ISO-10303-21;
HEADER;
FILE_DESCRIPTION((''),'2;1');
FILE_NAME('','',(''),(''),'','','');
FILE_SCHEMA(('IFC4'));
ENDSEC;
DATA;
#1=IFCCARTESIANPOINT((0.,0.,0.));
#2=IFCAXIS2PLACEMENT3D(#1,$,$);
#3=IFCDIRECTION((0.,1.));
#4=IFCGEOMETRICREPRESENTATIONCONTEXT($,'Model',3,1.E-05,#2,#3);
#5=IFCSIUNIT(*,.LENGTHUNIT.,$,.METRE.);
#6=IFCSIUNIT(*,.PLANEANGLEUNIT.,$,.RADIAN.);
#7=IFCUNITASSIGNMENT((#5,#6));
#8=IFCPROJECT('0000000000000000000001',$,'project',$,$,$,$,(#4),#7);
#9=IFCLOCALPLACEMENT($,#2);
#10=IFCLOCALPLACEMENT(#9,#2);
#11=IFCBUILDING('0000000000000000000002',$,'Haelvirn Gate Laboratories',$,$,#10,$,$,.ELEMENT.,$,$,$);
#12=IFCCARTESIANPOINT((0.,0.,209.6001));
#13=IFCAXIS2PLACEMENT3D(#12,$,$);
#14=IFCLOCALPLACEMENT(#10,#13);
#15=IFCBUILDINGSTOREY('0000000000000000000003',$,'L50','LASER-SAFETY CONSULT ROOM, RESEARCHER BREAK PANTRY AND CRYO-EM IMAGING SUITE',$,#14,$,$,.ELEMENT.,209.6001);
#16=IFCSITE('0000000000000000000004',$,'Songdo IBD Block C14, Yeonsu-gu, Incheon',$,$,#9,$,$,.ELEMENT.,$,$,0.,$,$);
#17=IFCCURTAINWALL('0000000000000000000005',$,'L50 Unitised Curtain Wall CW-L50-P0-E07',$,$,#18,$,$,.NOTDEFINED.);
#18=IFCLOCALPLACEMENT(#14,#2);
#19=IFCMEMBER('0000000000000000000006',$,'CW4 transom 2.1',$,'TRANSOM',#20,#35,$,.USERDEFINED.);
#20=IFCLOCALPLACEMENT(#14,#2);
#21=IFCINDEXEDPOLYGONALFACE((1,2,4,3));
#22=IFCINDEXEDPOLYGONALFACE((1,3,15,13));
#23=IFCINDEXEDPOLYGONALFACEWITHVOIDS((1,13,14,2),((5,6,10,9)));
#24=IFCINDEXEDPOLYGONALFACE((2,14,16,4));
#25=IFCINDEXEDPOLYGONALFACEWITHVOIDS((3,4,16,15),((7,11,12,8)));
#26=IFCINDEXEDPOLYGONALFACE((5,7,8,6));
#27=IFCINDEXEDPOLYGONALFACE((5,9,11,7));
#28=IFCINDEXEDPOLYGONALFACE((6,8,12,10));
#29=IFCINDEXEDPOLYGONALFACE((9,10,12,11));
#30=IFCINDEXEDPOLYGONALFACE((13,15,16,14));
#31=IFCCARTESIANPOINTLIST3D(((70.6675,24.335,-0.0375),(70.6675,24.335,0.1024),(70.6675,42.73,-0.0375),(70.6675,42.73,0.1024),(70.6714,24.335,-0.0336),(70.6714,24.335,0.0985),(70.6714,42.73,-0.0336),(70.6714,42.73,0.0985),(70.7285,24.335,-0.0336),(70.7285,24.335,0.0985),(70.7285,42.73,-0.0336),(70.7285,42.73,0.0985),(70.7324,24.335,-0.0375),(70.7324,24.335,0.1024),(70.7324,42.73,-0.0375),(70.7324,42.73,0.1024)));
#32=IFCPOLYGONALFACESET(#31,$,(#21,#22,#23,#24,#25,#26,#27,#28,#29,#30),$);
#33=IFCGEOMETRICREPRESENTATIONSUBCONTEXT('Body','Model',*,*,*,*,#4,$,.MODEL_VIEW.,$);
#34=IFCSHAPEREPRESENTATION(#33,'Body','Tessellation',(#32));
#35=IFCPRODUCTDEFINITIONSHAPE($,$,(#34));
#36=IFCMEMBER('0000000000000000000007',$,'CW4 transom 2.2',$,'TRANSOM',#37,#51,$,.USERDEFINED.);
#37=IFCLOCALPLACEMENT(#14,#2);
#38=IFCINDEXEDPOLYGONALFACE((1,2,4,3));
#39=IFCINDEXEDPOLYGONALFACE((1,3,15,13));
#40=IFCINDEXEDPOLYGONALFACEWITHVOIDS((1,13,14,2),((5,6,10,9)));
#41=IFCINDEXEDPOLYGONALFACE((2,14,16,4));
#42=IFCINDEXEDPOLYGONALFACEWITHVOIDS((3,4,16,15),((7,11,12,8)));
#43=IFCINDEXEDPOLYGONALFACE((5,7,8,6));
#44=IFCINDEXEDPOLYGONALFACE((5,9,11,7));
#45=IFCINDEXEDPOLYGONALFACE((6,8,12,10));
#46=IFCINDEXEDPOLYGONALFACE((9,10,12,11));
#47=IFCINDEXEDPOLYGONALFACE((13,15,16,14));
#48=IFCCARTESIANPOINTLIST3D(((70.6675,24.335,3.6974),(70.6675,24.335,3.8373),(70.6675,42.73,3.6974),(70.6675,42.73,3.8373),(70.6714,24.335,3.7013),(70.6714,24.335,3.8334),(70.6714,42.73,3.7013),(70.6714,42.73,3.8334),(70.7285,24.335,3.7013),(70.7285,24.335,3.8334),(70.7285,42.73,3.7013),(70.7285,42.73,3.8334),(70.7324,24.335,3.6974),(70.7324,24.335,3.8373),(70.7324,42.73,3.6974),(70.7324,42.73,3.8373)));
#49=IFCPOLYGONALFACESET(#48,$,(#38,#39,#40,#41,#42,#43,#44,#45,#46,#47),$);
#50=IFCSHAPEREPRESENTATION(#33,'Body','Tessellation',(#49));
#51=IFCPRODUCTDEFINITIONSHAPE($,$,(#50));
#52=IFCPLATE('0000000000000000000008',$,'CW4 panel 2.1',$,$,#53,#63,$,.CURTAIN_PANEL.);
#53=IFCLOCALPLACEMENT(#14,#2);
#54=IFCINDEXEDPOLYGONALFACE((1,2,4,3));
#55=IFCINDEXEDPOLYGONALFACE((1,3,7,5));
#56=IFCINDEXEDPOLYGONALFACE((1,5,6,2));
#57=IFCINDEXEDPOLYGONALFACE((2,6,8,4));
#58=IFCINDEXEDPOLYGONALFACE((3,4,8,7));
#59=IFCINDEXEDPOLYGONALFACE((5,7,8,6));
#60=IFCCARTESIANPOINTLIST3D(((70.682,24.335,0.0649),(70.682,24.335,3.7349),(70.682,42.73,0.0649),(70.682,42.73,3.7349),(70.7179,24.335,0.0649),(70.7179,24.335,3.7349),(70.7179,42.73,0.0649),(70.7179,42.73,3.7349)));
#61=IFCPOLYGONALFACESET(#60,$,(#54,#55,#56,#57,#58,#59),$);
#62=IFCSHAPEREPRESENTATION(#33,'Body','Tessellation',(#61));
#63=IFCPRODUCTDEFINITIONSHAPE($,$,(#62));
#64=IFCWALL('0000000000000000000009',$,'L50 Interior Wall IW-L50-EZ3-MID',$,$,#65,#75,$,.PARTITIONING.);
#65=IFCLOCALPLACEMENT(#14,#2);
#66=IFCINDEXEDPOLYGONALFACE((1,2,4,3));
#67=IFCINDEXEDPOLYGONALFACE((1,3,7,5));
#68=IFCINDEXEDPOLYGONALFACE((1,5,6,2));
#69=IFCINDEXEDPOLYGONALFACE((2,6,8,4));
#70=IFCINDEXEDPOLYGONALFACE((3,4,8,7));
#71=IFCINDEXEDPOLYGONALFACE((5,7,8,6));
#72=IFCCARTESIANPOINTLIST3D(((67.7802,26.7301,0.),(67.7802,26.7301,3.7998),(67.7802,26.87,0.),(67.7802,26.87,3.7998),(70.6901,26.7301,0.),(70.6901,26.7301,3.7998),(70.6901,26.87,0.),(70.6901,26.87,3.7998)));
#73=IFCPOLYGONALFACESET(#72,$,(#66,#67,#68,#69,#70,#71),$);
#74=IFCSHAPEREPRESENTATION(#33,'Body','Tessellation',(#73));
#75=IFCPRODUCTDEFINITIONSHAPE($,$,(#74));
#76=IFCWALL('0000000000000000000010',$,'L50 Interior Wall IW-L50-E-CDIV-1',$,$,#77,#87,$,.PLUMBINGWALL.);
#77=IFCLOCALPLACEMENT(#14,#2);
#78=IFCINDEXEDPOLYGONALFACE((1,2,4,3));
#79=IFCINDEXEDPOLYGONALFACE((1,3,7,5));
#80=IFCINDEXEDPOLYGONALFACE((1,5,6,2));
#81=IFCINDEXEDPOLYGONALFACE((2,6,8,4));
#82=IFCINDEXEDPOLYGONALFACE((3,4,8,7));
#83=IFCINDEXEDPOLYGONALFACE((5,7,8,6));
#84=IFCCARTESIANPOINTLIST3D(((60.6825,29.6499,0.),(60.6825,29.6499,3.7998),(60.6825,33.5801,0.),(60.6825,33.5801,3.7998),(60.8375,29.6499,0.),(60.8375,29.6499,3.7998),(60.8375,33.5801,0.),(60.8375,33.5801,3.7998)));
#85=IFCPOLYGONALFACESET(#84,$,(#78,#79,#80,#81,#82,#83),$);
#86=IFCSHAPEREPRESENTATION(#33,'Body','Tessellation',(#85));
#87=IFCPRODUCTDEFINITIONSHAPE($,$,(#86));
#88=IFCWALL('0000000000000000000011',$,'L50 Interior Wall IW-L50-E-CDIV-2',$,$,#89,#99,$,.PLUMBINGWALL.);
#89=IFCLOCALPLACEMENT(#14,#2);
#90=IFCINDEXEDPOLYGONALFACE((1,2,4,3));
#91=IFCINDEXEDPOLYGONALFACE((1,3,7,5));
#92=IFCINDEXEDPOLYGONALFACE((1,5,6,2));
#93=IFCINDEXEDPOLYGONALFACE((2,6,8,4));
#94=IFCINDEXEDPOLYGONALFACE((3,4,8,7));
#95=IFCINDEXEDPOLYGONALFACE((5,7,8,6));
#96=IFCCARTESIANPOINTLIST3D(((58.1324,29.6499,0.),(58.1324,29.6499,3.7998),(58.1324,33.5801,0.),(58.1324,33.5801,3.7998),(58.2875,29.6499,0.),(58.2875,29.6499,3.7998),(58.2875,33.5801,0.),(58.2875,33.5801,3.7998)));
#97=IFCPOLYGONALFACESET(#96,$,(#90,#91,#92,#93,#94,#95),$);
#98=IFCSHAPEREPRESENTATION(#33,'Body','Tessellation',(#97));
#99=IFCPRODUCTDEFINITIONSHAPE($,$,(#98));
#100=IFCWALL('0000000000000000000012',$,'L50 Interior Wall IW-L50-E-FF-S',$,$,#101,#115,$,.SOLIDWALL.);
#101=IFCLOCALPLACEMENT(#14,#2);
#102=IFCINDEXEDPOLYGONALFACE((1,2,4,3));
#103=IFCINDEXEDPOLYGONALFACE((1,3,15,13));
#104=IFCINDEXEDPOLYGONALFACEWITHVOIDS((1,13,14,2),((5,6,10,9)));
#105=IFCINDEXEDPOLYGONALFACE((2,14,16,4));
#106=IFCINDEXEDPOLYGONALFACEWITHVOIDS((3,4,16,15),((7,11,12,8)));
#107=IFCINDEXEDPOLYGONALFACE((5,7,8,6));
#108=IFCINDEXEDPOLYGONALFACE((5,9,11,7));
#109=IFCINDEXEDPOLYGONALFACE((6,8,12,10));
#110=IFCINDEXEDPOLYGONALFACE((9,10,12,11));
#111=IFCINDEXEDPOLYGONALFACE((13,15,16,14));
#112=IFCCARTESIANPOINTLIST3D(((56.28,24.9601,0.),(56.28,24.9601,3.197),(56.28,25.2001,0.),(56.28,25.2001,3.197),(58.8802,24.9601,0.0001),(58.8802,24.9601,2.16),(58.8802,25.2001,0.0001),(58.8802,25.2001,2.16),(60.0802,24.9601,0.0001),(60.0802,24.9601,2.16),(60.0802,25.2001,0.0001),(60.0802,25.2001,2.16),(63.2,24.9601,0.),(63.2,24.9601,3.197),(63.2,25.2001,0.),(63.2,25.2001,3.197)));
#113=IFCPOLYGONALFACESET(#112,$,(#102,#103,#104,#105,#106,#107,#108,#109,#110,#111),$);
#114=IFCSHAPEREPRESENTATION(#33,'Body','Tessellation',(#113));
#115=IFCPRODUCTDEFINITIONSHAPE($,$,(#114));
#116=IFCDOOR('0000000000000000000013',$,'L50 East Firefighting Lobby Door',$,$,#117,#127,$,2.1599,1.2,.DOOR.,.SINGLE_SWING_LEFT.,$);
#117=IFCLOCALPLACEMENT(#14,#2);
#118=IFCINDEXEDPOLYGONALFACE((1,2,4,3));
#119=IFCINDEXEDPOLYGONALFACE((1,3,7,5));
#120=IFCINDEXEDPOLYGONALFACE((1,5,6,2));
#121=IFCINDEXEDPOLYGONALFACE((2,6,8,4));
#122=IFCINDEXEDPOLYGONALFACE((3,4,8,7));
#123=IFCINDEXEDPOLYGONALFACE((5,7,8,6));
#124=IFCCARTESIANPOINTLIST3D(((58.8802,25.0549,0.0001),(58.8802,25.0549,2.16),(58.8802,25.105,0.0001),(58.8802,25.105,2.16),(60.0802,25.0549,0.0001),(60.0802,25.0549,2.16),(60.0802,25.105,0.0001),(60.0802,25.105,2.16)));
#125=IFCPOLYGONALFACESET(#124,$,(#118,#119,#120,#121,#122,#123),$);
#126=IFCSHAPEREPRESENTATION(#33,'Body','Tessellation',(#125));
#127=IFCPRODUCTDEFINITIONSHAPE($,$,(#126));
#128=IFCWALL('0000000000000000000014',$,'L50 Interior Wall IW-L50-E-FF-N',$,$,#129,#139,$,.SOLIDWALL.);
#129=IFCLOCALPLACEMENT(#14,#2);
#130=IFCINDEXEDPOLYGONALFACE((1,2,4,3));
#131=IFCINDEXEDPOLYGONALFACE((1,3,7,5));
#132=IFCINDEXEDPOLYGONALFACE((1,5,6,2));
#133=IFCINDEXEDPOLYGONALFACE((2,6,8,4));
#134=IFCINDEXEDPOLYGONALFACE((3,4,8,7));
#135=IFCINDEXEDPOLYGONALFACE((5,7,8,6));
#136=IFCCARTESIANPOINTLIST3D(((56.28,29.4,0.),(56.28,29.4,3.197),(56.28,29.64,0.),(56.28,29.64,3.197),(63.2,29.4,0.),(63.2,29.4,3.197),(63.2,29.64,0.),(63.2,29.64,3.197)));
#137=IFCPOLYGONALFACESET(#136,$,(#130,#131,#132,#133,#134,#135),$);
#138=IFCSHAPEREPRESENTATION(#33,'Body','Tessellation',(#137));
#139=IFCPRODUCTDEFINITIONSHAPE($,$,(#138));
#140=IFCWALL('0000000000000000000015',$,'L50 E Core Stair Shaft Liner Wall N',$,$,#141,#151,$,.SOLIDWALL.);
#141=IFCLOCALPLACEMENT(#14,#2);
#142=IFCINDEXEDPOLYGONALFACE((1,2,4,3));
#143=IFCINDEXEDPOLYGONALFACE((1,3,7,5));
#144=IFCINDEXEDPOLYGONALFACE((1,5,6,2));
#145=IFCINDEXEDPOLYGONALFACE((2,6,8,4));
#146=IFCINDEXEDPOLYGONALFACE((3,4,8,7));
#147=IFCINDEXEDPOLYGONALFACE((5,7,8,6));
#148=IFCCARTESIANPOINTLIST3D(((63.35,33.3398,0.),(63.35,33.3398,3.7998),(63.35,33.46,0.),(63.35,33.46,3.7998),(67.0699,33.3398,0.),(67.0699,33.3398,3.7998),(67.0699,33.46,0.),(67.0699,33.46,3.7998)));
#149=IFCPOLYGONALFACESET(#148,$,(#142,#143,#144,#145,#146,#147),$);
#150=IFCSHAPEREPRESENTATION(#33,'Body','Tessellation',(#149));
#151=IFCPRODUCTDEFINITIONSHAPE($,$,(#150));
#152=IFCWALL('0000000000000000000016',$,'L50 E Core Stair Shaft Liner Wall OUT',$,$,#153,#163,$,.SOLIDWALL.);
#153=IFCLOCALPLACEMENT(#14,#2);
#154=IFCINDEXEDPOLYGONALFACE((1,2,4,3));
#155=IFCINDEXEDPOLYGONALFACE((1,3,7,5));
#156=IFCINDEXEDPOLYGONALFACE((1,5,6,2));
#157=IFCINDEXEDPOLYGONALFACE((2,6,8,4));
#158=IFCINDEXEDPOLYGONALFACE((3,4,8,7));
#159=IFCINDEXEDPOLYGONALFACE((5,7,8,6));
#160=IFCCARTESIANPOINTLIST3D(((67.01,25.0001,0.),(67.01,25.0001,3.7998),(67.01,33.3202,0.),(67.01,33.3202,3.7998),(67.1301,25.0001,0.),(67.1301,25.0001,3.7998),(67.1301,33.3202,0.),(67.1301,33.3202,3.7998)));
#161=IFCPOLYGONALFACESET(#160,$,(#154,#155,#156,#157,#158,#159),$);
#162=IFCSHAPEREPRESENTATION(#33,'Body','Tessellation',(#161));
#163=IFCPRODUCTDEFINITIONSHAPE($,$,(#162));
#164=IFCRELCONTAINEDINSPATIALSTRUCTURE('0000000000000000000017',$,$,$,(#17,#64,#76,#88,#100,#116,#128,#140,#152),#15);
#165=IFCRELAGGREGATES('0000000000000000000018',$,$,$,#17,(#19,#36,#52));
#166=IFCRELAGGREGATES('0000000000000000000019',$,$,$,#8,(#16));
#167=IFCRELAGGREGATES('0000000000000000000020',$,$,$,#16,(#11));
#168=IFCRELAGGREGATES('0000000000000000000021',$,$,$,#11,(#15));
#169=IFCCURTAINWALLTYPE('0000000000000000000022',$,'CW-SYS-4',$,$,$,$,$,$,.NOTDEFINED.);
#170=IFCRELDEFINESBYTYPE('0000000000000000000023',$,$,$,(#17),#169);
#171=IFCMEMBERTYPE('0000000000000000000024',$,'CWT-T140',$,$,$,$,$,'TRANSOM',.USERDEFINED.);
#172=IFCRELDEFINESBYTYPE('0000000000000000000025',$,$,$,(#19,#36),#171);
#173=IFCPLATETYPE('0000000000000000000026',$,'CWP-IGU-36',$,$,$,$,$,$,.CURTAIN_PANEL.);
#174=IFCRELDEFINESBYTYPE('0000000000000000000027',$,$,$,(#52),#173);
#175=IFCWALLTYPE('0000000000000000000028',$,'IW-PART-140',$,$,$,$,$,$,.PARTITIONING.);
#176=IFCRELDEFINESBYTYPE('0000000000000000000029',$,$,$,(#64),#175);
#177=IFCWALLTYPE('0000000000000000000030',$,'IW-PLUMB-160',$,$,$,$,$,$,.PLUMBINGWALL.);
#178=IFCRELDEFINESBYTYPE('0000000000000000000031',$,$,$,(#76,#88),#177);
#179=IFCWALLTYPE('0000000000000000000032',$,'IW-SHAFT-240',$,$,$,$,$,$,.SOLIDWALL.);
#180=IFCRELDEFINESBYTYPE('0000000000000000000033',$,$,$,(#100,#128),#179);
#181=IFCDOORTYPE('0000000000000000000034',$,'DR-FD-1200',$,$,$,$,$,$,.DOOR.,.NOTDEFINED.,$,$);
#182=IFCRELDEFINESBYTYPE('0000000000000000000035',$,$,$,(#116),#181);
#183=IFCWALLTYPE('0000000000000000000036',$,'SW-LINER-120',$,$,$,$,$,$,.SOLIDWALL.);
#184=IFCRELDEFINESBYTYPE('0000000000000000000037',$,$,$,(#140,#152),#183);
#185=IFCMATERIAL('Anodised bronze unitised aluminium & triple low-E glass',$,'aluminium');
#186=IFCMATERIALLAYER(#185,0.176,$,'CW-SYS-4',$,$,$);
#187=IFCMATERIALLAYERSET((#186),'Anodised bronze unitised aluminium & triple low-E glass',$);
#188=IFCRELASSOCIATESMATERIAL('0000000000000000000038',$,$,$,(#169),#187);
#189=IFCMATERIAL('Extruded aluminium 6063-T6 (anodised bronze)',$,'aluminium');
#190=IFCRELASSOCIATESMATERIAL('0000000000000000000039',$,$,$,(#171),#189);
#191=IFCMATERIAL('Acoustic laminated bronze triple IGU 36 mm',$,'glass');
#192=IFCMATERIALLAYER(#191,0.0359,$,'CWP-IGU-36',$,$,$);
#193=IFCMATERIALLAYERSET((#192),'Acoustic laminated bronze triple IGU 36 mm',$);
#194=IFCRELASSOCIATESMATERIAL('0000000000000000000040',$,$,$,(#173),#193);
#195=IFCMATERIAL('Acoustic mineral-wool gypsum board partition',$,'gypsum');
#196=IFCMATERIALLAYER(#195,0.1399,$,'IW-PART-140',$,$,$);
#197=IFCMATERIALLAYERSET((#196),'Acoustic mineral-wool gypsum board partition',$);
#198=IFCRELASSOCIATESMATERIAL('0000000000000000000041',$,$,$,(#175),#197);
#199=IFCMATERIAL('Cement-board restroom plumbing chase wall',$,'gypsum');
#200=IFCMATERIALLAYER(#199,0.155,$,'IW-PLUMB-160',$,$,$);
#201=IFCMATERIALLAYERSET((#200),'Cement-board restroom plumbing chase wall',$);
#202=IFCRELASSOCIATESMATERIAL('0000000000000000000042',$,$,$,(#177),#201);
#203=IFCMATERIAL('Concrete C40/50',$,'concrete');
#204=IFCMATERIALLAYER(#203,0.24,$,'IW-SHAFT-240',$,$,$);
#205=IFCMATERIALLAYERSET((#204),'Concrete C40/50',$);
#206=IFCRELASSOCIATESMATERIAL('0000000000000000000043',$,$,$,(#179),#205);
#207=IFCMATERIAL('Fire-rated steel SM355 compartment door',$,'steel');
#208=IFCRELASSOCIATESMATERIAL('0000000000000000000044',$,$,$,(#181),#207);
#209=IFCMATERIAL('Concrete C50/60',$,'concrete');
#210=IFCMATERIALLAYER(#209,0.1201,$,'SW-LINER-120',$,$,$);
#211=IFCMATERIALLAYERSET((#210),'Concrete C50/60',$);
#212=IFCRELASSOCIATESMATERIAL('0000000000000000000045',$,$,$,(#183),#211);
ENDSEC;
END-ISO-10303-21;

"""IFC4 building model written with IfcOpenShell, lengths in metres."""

from ifc_helpers import new_model, si_unit, direction, frame, frame_2d, origin, origin_2d, place, context, subcontext, project, spatial, rectangle, hollow_rectangle, extrude, source, transform, mapped, material, layer, layer_set, material_profile, profile_set, type_object, type_shapes, element, fill, aggregate, save


model = new_model("IFC4")

# Units and contexts
model_context = context("Model", 3, precision=1e-05, world=origin(), true_north=direction((0.0, 1.0)))
body_context = subcontext(model_context, "Body", "Model", "MODEL_VIEW")
ifc_project = project(units=[si_unit("LENGTHUNIT", "METRE"), si_unit("PLANEANGLEUNIT", "RADIAN")], contexts=[model_context])

# Site, building, storey
site_placement = place(None, origin())
site = spatial("IfcSite", under=ifc_project, at=site_placement, Name="Songdo IBD Block C14, Yeonsu-gu, Incheon", CompositionType="ELEMENT", RefElevation=0.0)
building_placement = place(site_placement, origin())
building = spatial("IfcBuilding", under=site, at=building_placement, Name="Haelvirn Gate Laboratories", CompositionType="ELEMENT")
storey_placement = place(building_placement, frame((0.0, 0.0, 209.6001)))
storey = spatial("IfcBuildingStorey", under=building, at=storey_placement, Name="L50", Description="LASER-SAFETY CONSULT ROOM, RESEARCHER BREAK PANTRY AND CRYO-EM IMAGING SUITE", CompositionType="ELEMENT", Elevation=209.6001)

# Curtain wall, members, plate
ifc_material_1 = material(Name="Anodised bronze unitised aluminium & triple low-E glass", Category="aluminium")
ifc_layer_1 = layer(ifc_material_1, 0.176, Name="CW-SYS-4")
ifc_layer_set_1 = layer_set([ifc_layer_1], Name="Anodised bronze unitised aluminium & triple low-E glass")
curtain_wall_type = type_object("IfcCurtainWallType", Name="CW-SYS-4", PredefinedType="NOTDEFINED", material=ifc_layer_set_1)
curtain_wall_placement = place(storey_placement, origin())
curtain_wall = element("IfcCurtainWall", 1, at=curtain_wall_placement, inside=storey, type_object=curtain_wall_type, Name="L50 Unitised Curtain Wall CW-L50-P0-E07", PredefinedType="NOTDEFINED")
ifc_material_2 = material(Name="Extruded aluminium 6063-T6 (anodised bronze)", Category="aluminium")
ifc_material_profile = material_profile(ifc_material_2, hollow_rectangle(XDim=0.0649, YDim=0.1399, WallThickness=0.0039, at=origin_2d()), Name="CWT-140x65x4")
ifc_profile_set = profile_set([ifc_material_profile], Name="Extruded aluminium 6063-T6 (anodised bronze)")
member_type = type_object("IfcMemberType", Name="CWT-T140", ElementType="TRANSOM", PredefinedType="USERDEFINED", material=ifc_profile_set)
shared_shape_1 = source(origin(), body_context, "Body", "SweptSolid", [
    extrude(hollow_rectangle(XDim=0.0649, YDim=0.1399, WallThickness=0.0039, at=origin_2d()), origin(), (0.0, 0.0, 1.0), 18.395),
])
type_shapes(member_type, [shared_shape_1])
member_1_placement = place(storey_placement, frame((70.7, 24.335, 0.0325), z_axis=(0.0, 1.0, 0.0), x_axis=(-1.0, 0.0, 0.0)))
member_1 = element("IfcMember", 2, at=member_1_placement, type_object=member_type, Name="CW4 transom 2.1", ObjectType="TRANSOM", PredefinedType="USERDEFINED", context=body_context, shape_type="MappedRepresentation", body=[
    mapped(shared_shape_1, transform((0.0, 0.0, 0.0), scale=1.0)),
])
member_2_placement = place(storey_placement, frame((70.7, 24.335, 3.7673), z_axis=(0.0, 1.0, 0.0), x_axis=(-1.0, 0.0, 0.0)))
member_2 = element("IfcMember", 3, at=member_2_placement, type_object=member_type, Name="CW4 transom 2.2", ObjectType="TRANSOM", PredefinedType="USERDEFINED", context=body_context, shape_type="MappedRepresentation", body=[
    mapped(shared_shape_1, transform((0.0, 0.0, 0.0), scale=1.0)),
])
ifc_material_3 = material(Name="Acoustic laminated bronze triple IGU 36 mm", Category="glass")
ifc_layer_2 = layer(ifc_material_3, 0.0359, Name="CWP-IGU-36")
ifc_layer_set_2 = layer_set([ifc_layer_2], Name="Acoustic laminated bronze triple IGU 36 mm")
plate_type = type_object("IfcPlateType", Name="CWP-IGU-36", PredefinedType="CURTAIN_PANEL", material=ifc_layer_set_2)
shared_shape_2 = source(origin(), body_context, "Body", "SweptSolid", [
    extrude(rectangle(XDim=18.395, YDim=0.0359, at=origin_2d()), origin(), (0.0, 0.0, 1.0), 3.6699),
])
type_shapes(plate_type, [shared_shape_2])
plate_placement = place(storey_placement, frame((70.7, 33.5325, 0.0649), z_axis=(0.0, 0.0, 1.0), x_axis=(0.0, 1.0, 0.0)))
plate = element("IfcPlate", 4, at=plate_placement, type_object=plate_type, Name="CW4 panel 2.1", PredefinedType="CURTAIN_PANEL", context=body_context, shape_type="MappedRepresentation", body=[
    mapped(shared_shape_2, transform((0.0, 0.0, 0.0), scale=1.0)),
])
aggregate(curtain_wall, [member_1, member_2, plate])

# Walls
ifc_material_4 = material(Name="Acoustic mineral-wool gypsum board partition", Category="gypsum")
ifc_layer_3 = layer(ifc_material_4, 0.1399, Name="IW-PART-140")
ifc_layer_set_3 = layer_set([ifc_layer_3], Name="Acoustic mineral-wool gypsum board partition")
wall_type_1 = type_object("IfcWallType", Name="IW-PART-140", PredefinedType="PARTITIONING", material=ifc_layer_set_3)
wall_1_placement = place(storey_placement, frame((67.78, 26.8, 0.0), z_axis=(0.0, 0.0, 1.0), x_axis=(1.0, 0.0, 0.0)))
element("IfcWall", 5, at=wall_1_placement, inside=storey, type_object=wall_type_1, Name="L50 Interior Wall IW-L50-EZ3-MID", PredefinedType="PARTITIONING", context=body_context, shape_type="SweptSolid", body=[
    extrude(rectangle(XDim=2.9099, YDim=0.1399, at=frame_2d((1.4551, 0.0))), origin(), (0.0, 0.0, 1.0), 3.7998),
])
ifc_material_5 = material(Name="Cement-board restroom plumbing chase wall", Category="gypsum")
ifc_layer_4 = layer(ifc_material_5, 0.155, Name="IW-PLUMB-160")
ifc_layer_set_4 = layer_set([ifc_layer_4], Name="Cement-board restroom plumbing chase wall")
wall_type_2 = type_object("IfcWallType", Name="IW-PLUMB-160", PredefinedType="PLUMBINGWALL", material=ifc_layer_set_4)
for number, where, z_axis, x_axis, name in (
    (6, (60.76, 29.6499, 0.0), (0.0, 0.0, 1.0), (0.0, 1.0, 0.0), "L50 Interior Wall IW-L50-E-CDIV-1"),
    (7, (58.21, 29.6499, 0.0), (0.0, 0.0, 1.0), (0.0, 1.0, 0.0), "L50 Interior Wall IW-L50-E-CDIV-2"),
):
    element("IfcWall", number, at=place(storey_placement, frame(where, z_axis=z_axis, x_axis=x_axis)), inside=storey, type_object=wall_type_2, Name=name, PredefinedType="PLUMBINGWALL", context=body_context, shape_type="SweptSolid", body=[
        extrude(rectangle(XDim=3.9302, YDim=0.155, at=frame_2d((1.9651, 0.0))), origin(), (0.0, 0.0, 1.0), 3.7998),
    ])

# Wall, opening, door
ifc_material_6 = material(Name="Concrete C40/50", Category="concrete")
ifc_layer_5 = layer(ifc_material_6, 0.24, Name="IW-SHAFT-240")
ifc_layer_set_5 = layer_set([ifc_layer_5], Name="Concrete C40/50")
wall_type_3 = type_object("IfcWallType", Name="IW-SHAFT-240", PredefinedType="SOLIDWALL", material=ifc_layer_set_5)
wall_2_placement = place(storey_placement, frame((56.28, 25.0801, 0.0), z_axis=(0.0, 0.0, 1.0), x_axis=(1.0, 0.0, 0.0)))
wall_2 = element("IfcWall", 8, at=wall_2_placement, inside=storey, type_object=wall_type_3, Name="L50 Interior Wall IW-L50-E-FF-S", PredefinedType="SOLIDWALL", context=body_context, shape_type="SweptSolid", body=[
    extrude(rectangle(XDim=6.9199, YDim=0.24, at=frame_2d((3.46, 0.0))), origin(), (0.0, 0.0, 1.0), 3.197),
])
opening_1_placement = place(wall_2_placement, frame((2.6001, 0.0, 0.0)))
opening_1 = element("IfcOpeningElement", 9, at=opening_1_placement, cuts=wall_2, PredefinedType="OPENING", context=body_context, shape_type="SweptSolid", body=[
    extrude(rectangle(XDim=1.2, YDim=2.1599, at=frame_2d((0.6001, 1.0801))), frame((0.0, 0.1299, 0.0), z_axis=(0.0, -1.0, 0.0), x_axis=(1.0, 0.0, 0.0)), (0.0, 0.0, 1.0), 0.26),
])
ifc_material_7 = material(Name="Fire-rated steel SM355 compartment door", Category="steel")
door_type_1 = type_object("IfcDoorType", Name="DR-FD-1200", OperationType="NOTDEFINED", PredefinedType="DOOR", material=ifc_material_7)
shared_shape_3 = source(origin(), body_context, "Body", "SweptSolid", [
    extrude(rectangle(XDim=1.2, YDim=2.1599, at=frame_2d((0.6001, 1.0801))), frame((0.0, 0.0249, 0.0), z_axis=(0.0, -1.0, 0.0), x_axis=(1.0, 0.0, 0.0)), (0.0, 0.0, 1.0), 0.05),
])
type_shapes(door_type_1, [shared_shape_3])
door_1_placement = place(opening_1_placement, origin())
door_1 = element("IfcDoor", 10, at=door_1_placement, inside=storey, type_object=door_type_1, Name="L50 East Firefighting Lobby Door", OperationType="SINGLE_SWING_LEFT", OverallHeight=2.1599, OverallWidth=1.2, PredefinedType="DOOR", context=body_context, shape_type="MappedRepresentation", body=[
    mapped(shared_shape_3, transform((0.0, 0.0, 0.0), scale=1.0)),
])
fill(opening_1, door_1)

# Walls
wall_3_placement = place(storey_placement, frame((56.28, 29.52, 0.0), z_axis=(0.0, 0.0, 1.0), x_axis=(1.0, 0.0, 0.0)))
element("IfcWall", 11, at=wall_3_placement, inside=storey, type_object=wall_type_3, Name="L50 Interior Wall IW-L50-E-FF-N", PredefinedType="SOLIDWALL", context=body_context, shape_type="SweptSolid", body=[
    extrude(rectangle(XDim=6.9199, YDim=0.24, at=frame_2d((3.46, 0.0))), origin(), (0.0, 0.0, 1.0), 3.197),
])
ifc_material_8 = material(Name="Concrete C50/60", Category="concrete")
ifc_layer_6 = layer(ifc_material_8, 0.1201, Name="SW-LINER-120")
ifc_layer_set_6 = layer_set([ifc_layer_6], Name="Concrete C50/60")
wall_type_4 = type_object("IfcWallType", Name="SW-LINER-120", PredefinedType="SOLIDWALL", material=ifc_layer_set_6)
wall_4_placement = place(storey_placement, frame((63.3501, 33.3999, 0.0), z_axis=(0.0, 0.0, 1.0), x_axis=(1.0, 0.0, 0.0)))
element("IfcWall", 12, at=wall_4_placement, inside=storey, type_object=wall_type_4, Name="L50 E Core Stair Shaft Liner Wall N", PredefinedType="SOLIDWALL", context=body_context, shape_type="SweptSolid", body=[
    extrude(rectangle(XDim=3.72, YDim=0.1201, at=frame_2d((1.8599, 0.0))), origin(), (0.0, 0.0, 1.0), 3.7998),
])
wall_5_placement = place(storey_placement, frame((67.0701, 25.0, 0.0), z_axis=(0.0, 0.0, 1.0), x_axis=(0.0, 1.0, 0.0)))
element("IfcWall", 13, at=wall_5_placement, inside=storey, type_object=wall_type_4, Name="L50 E Core Stair Shaft Liner Wall OUT", PredefinedType="SOLIDWALL", context=body_context, shape_type="SweptSolid", body=[
    extrude(rectangle(XDim=8.3201, YDim=0.1201, at=frame_2d((4.1602, 0.0))), origin(), (0.0, 0.0, 1.0), 3.7998),
])

save(model, "model.ifc")
